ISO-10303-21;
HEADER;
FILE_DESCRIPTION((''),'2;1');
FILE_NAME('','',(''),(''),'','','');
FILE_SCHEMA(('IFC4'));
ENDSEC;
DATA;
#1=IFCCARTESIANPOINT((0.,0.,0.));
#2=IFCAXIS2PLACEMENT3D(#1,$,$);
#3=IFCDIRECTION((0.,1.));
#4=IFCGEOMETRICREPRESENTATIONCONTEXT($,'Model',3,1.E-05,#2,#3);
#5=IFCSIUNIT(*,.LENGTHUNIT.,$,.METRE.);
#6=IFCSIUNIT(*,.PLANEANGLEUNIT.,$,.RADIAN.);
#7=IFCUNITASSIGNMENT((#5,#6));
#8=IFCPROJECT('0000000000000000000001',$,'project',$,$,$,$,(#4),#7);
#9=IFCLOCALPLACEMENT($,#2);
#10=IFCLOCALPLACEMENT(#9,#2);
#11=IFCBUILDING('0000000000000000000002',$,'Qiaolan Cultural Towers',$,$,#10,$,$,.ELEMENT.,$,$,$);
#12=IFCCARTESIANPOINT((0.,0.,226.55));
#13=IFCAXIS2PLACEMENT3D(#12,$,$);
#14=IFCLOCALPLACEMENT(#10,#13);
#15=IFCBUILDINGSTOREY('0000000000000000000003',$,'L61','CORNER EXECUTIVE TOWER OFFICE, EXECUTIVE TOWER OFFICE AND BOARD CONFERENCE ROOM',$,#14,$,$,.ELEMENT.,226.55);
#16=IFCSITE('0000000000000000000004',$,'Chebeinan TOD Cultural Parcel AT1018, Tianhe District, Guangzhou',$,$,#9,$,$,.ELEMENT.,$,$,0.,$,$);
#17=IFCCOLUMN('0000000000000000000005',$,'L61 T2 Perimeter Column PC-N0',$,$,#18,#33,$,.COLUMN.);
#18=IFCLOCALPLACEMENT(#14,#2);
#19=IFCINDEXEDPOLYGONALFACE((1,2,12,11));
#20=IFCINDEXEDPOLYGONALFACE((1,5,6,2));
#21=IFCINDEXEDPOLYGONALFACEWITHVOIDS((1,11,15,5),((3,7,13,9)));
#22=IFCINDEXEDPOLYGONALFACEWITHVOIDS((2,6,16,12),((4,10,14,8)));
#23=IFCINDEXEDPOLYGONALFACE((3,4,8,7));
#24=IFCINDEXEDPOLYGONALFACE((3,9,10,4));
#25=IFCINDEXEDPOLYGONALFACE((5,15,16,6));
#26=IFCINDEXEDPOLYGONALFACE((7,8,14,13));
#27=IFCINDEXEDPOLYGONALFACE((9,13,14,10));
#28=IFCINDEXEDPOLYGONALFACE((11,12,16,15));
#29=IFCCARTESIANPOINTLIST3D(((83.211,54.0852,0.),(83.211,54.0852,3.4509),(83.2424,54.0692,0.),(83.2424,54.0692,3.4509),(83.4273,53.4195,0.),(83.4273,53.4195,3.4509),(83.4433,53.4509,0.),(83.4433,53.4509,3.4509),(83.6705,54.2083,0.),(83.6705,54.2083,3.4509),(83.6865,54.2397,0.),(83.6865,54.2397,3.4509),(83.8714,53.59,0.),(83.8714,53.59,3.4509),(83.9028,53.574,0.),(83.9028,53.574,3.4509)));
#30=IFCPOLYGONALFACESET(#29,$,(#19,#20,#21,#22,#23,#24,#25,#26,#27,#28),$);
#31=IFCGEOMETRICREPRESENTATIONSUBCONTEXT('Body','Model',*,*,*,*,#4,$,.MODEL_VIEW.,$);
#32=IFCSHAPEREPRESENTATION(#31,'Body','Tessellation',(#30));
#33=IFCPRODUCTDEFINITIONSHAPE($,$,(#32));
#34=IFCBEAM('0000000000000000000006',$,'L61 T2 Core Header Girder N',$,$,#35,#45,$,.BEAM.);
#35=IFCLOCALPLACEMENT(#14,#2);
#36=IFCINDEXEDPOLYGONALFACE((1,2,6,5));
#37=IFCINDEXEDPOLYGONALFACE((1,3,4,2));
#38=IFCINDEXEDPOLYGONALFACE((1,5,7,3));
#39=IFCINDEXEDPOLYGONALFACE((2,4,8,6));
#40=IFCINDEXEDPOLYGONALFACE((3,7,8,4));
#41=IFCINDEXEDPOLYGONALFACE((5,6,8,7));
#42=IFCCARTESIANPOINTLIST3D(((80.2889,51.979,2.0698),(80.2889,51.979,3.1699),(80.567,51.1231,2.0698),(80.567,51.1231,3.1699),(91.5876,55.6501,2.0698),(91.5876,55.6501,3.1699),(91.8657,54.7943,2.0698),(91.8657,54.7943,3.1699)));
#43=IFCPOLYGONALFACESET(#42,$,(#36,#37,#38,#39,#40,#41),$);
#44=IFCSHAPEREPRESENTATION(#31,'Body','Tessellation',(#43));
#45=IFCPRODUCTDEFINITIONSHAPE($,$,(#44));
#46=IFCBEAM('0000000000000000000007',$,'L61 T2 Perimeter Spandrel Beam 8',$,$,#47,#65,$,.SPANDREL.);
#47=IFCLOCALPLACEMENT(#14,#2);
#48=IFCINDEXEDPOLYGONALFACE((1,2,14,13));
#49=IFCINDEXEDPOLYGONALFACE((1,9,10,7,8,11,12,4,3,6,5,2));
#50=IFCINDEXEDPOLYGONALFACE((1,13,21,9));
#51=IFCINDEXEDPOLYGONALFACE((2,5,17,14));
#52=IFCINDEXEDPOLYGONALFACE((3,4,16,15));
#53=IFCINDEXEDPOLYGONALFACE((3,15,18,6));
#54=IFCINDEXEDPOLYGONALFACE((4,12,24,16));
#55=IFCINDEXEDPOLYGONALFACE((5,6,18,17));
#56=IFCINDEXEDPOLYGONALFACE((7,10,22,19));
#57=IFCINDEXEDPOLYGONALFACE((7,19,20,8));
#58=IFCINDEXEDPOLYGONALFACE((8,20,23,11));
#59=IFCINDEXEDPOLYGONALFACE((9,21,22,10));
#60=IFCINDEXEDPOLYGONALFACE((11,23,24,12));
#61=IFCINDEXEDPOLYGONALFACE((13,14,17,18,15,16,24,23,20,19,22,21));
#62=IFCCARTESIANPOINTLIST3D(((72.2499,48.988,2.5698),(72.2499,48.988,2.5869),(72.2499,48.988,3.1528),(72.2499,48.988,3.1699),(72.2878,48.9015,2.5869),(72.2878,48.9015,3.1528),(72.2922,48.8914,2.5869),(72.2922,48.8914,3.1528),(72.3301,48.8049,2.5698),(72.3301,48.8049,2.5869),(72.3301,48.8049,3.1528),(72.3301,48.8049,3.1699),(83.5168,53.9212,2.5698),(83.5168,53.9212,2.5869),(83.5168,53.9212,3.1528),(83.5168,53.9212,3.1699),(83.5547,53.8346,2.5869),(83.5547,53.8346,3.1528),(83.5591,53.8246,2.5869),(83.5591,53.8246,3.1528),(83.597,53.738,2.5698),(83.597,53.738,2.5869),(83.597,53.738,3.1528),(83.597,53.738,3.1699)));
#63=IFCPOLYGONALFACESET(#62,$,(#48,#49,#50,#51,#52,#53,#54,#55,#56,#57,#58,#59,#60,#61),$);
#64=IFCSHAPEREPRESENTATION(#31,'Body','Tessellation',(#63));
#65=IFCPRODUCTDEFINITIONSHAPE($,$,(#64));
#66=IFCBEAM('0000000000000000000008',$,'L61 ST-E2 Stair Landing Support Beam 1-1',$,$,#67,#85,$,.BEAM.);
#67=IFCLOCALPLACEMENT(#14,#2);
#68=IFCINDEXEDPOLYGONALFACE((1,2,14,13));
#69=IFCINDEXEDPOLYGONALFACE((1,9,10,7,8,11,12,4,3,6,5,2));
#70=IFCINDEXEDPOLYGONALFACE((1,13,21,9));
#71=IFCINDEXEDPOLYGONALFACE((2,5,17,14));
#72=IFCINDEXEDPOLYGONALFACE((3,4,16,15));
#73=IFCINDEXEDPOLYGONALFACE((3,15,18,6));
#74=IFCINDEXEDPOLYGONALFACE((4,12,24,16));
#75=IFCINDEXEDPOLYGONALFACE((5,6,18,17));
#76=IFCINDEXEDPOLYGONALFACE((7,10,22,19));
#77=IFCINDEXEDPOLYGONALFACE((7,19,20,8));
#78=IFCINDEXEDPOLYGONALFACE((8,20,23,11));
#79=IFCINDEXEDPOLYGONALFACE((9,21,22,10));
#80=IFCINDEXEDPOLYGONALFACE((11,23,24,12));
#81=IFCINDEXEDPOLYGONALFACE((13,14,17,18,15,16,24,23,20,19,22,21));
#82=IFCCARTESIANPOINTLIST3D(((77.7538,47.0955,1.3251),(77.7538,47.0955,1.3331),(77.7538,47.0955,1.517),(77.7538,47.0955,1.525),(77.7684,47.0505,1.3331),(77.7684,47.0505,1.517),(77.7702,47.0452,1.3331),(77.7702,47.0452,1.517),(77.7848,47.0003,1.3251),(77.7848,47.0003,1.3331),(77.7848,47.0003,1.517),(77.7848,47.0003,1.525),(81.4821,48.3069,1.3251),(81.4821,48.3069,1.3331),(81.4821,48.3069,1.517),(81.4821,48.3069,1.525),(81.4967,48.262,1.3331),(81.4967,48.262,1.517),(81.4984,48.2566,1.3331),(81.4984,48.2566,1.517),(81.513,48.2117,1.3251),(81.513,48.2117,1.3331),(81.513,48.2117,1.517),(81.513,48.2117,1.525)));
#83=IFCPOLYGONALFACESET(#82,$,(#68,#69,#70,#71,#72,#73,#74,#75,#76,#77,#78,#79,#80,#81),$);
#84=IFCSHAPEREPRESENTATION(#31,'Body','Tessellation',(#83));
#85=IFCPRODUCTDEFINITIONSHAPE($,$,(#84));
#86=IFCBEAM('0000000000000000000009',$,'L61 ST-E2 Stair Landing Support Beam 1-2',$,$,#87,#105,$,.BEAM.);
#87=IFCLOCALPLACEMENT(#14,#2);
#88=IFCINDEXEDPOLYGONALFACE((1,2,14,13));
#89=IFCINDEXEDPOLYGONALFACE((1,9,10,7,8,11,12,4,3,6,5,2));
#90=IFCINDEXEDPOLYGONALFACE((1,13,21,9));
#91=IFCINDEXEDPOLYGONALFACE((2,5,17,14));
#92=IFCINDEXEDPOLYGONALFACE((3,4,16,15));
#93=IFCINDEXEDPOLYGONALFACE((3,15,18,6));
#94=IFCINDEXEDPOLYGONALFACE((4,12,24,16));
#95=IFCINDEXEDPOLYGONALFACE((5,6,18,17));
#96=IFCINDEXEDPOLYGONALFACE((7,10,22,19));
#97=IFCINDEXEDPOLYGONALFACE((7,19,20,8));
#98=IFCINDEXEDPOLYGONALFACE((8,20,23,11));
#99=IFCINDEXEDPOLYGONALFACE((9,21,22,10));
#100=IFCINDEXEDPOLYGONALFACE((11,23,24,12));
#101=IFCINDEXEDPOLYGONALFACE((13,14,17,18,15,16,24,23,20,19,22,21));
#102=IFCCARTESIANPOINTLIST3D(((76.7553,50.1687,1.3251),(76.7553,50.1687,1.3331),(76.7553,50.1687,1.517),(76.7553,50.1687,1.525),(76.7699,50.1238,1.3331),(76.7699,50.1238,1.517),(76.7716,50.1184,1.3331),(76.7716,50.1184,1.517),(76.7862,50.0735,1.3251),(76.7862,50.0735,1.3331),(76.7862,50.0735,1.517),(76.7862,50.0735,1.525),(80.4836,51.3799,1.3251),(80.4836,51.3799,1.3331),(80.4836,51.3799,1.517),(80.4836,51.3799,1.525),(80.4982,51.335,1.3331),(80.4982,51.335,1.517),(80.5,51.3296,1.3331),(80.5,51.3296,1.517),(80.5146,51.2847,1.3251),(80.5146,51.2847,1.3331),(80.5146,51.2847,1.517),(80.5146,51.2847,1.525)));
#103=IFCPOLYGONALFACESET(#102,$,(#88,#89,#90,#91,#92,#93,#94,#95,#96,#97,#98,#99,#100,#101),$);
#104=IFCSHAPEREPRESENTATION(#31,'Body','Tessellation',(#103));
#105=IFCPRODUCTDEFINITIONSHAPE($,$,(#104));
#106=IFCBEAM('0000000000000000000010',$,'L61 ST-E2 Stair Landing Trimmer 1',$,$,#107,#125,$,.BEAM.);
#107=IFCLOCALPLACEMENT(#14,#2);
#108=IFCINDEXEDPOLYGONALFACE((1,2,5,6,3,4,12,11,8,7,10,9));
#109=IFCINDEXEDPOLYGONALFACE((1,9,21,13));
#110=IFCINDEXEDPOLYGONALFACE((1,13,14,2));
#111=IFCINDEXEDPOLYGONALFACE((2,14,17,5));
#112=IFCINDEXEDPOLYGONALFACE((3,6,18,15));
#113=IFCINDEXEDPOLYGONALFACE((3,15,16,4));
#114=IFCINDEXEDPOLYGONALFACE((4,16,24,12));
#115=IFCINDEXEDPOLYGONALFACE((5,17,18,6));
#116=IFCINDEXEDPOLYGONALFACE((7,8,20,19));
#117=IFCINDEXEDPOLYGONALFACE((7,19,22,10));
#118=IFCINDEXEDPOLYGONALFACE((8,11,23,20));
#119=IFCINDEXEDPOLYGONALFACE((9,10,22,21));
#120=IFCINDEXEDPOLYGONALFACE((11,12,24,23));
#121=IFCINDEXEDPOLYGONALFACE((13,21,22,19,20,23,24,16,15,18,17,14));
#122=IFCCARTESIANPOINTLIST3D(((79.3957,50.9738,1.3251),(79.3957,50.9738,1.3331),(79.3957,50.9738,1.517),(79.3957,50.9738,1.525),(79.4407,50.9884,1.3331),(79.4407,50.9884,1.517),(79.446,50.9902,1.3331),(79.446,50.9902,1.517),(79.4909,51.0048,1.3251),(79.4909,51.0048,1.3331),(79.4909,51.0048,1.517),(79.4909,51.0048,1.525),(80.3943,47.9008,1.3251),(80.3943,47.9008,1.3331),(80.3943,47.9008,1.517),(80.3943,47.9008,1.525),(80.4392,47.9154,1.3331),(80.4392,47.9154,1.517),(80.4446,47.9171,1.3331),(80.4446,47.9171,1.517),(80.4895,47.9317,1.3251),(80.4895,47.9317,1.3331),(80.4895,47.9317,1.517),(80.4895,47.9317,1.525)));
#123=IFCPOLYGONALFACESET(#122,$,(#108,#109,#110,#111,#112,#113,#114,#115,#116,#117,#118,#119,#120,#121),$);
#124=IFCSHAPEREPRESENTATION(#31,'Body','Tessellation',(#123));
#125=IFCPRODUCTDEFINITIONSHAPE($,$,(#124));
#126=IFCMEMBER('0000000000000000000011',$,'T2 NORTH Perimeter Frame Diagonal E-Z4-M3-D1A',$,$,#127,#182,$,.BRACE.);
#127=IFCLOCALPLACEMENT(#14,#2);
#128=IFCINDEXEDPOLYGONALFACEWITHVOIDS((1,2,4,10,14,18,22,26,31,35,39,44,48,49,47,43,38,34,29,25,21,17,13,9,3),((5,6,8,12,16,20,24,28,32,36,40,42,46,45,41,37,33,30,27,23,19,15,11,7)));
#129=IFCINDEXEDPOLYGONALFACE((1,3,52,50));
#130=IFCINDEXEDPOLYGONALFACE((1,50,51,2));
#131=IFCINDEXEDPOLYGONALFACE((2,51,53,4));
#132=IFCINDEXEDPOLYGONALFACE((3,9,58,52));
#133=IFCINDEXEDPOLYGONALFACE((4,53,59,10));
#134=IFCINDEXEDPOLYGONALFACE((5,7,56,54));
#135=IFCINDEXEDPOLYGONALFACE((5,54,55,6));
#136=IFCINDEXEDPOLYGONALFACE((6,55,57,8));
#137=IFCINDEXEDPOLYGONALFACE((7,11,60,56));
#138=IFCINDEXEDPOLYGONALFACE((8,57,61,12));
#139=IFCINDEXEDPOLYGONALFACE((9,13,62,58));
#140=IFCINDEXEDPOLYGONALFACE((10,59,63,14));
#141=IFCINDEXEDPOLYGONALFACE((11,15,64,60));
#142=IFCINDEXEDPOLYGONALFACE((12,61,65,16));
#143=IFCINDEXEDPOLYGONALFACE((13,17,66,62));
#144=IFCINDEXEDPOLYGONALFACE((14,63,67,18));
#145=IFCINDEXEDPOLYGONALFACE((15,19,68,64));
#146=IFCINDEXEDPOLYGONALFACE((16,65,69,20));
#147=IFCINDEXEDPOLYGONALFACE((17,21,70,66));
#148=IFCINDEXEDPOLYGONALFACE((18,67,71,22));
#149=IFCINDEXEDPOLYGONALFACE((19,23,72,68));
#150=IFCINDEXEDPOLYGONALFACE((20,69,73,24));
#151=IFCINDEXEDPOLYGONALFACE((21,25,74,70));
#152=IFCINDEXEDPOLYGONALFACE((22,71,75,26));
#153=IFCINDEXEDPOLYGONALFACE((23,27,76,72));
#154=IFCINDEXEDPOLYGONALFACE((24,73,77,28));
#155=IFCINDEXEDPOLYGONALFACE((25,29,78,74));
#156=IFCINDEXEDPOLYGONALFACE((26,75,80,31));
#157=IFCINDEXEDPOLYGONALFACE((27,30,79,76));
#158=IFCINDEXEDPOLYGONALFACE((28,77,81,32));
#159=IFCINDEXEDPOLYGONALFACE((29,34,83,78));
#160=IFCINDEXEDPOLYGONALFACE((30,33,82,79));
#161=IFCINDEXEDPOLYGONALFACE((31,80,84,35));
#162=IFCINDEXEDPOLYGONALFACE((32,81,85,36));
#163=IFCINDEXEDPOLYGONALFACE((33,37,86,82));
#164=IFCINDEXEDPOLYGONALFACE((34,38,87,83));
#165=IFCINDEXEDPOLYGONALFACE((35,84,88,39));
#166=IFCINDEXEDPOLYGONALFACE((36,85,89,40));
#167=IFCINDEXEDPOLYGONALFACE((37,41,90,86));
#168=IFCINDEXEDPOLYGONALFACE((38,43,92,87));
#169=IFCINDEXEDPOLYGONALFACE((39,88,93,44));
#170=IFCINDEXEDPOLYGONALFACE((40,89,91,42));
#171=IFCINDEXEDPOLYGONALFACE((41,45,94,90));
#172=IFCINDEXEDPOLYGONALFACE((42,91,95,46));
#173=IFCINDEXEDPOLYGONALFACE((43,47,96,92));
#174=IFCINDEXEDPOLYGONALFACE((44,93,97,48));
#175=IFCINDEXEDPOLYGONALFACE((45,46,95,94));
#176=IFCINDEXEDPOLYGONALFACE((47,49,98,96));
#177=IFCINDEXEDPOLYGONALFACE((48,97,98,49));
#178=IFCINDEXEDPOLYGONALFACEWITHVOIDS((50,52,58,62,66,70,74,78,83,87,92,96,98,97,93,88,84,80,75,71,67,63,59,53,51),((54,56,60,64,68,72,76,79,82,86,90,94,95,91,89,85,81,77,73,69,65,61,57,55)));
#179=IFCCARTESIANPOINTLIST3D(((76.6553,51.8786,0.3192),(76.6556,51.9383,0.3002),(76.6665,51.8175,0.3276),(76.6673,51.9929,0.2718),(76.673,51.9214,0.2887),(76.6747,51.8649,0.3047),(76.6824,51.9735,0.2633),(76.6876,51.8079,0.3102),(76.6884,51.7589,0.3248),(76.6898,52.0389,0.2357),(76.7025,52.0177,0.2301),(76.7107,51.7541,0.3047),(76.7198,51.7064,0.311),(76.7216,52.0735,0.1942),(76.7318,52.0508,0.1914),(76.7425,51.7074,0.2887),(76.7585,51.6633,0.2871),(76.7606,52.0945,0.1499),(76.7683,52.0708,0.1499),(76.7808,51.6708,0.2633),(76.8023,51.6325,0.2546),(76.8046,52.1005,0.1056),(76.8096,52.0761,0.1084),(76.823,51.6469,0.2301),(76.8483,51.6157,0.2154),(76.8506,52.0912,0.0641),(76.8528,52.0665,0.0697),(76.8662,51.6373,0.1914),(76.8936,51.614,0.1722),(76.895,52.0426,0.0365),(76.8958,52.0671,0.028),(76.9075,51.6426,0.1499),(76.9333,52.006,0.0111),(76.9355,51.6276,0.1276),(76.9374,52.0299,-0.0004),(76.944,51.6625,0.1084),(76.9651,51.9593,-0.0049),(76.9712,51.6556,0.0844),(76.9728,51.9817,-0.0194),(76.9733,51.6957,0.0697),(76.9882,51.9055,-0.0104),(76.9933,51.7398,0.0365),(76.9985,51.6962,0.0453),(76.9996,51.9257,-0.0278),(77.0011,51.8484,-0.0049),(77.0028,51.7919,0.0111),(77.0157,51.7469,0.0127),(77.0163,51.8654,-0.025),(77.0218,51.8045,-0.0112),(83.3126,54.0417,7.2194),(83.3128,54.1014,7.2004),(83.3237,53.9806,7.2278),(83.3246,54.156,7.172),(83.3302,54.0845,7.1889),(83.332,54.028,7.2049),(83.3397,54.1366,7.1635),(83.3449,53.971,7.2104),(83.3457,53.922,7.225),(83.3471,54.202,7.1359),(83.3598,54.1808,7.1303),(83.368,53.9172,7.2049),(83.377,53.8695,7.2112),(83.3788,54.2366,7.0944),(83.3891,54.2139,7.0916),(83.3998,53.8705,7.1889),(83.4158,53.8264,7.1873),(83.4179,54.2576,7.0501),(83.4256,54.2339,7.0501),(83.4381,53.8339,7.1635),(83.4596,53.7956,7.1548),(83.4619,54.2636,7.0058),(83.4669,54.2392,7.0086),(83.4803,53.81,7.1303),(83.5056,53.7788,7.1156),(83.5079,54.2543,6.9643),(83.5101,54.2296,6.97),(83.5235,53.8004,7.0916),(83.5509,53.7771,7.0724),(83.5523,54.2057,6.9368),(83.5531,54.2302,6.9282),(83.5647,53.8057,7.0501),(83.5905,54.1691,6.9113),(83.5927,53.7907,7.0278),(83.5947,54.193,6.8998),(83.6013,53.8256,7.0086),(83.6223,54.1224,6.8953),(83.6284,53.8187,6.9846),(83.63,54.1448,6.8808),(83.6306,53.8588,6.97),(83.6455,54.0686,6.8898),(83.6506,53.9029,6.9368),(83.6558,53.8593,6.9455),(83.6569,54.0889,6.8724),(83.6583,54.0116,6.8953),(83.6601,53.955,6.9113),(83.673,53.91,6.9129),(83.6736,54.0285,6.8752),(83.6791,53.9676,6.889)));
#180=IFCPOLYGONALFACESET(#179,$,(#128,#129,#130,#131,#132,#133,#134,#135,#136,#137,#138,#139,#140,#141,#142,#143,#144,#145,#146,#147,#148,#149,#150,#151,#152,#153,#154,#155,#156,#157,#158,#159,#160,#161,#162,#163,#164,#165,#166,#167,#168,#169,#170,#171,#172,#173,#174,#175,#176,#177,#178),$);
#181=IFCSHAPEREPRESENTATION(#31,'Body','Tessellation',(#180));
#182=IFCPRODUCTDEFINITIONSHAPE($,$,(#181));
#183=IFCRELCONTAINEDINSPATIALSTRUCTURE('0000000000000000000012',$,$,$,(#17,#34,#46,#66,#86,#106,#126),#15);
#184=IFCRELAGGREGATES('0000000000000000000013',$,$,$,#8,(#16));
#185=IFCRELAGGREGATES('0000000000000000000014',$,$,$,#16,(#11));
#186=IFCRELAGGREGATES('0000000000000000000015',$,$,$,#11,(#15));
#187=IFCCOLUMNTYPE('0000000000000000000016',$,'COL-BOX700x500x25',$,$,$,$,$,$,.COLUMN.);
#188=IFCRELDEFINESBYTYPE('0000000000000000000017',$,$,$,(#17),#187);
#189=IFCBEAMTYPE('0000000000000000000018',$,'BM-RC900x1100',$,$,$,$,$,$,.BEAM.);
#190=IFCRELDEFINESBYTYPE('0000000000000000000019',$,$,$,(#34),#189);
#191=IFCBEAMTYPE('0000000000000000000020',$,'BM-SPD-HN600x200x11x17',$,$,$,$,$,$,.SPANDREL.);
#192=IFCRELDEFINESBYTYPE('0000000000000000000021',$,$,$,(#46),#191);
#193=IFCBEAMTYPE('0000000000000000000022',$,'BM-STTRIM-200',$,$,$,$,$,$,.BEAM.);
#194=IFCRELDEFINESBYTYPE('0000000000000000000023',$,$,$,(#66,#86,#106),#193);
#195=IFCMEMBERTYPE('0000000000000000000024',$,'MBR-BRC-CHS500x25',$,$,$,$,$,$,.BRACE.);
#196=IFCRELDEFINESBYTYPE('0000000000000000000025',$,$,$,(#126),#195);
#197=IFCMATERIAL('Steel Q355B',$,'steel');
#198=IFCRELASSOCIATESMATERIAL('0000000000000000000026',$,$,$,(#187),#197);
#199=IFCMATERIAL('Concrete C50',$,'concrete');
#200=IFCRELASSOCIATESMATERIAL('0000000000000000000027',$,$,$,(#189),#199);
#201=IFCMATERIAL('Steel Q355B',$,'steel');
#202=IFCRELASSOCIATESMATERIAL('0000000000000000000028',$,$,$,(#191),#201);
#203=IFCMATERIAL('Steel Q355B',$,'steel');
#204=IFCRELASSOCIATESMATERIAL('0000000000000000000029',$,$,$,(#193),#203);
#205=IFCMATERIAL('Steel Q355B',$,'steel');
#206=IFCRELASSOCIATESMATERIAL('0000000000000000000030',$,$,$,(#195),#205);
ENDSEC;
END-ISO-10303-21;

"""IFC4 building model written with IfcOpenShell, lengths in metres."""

from ifc_helpers import new_model, si_unit, direction, frame, origin, origin_2d, place, context, subcontext, project, spatial, rectangle, hollow_rectangle, hollow_circle, i_section, extrude, material, material_profile, profile_set, type_object, element, save


model = new_model("IFC4")

# Units and contexts
model_context = context("Model", 3, precision=1e-05, world=origin(), true_north=direction((0.0, 1.0)))
body_context = subcontext(model_context, "Body", "Model", "MODEL_VIEW")
ifc_project = project(units=[si_unit("LENGTHUNIT", "METRE"), si_unit("PLANEANGLEUNIT", "RADIAN")], contexts=[model_context])

# Site, building, storey
site_placement = place(None, origin())
site = spatial("IfcSite", under=ifc_project, at=site_placement, Name="Chebeinan TOD Cultural Parcel AT1018, Tianhe District, Guangzhou", CompositionType="ELEMENT", RefElevation=0.0)
building_placement = place(site_placement, origin())
building = spatial("IfcBuilding", under=site, at=building_placement, Name="Qiaolan Cultural Towers", CompositionType="ELEMENT")
storey_placement = place(building_placement, frame((0.0, 0.0, 226.55)))
storey = spatial("IfcBuildingStorey", under=building, at=storey_placement, Name="L61", Description="CORNER EXECUTIVE TOWER OFFICE, EXECUTIVE TOWER OFFICE AND BOARD CONFERENCE ROOM", CompositionType="ELEMENT", Elevation=226.55)

# Column
ifc_material_1 = material(Name="Steel Q355B", Category="steel")
ifc_material_profile_1 = material_profile(ifc_material_1, hollow_rectangle(XDim=0.5, YDim=0.7, WallThickness=0.0249, at=origin_2d()), Name="BOX700x500x25")
ifc_profile_set_1 = profile_set([ifc_material_profile_1], Name="Steel Q355B")
column_type = type_object("IfcColumnType", Name="COL-BOX700x500x25", PredefinedType="COLUMN", material=ifc_profile_set_1)
column_placement = place(storey_placement, frame((83.5569, 53.8296, 0.0), z_axis=(0.0, 0.0, 1.0), x_axis=(0.951057, 0.309017, 0.0)))
element("IfcColumn", 1, at=column_placement, inside=storey, type_object=column_type, Name="L61 T2 Perimeter Column PC-N0", PredefinedType="COLUMN", context=body_context, shape_type="SweptSolid", body=[
    extrude(hollow_rectangle(XDim=0.5, YDim=0.7, WallThickness=0.0249, at=origin_2d()), origin(), (0.0, 0.0, 1.0), 3.4509),
])

# Beams
ifc_material_2 = material(Name="Concrete C50", Category="concrete")
ifc_material_profile_2 = material_profile(ifc_material_2, rectangle(XDim=0.8999, YDim=1.1001, at=origin_2d()), Name="RC900x1100")
ifc_profile_set_2 = profile_set([ifc_material_profile_2], Name="Concrete C50")
beam_type_1 = type_object("IfcBeamType", Name="BM-RC900x1100", PredefinedType="BEAM", material=ifc_profile_set_2)
beam_1_placement = place(storey_placement, frame((80.428, 51.551, 2.6199), z_axis=(0.951056, 0.309018, 0.0), x_axis=(-0.309018, 0.951056, 0.0)))
element("IfcBeam", 2, at=beam_1_placement, inside=storey, type_object=beam_type_1, Name="L61 T2 Core Header Girder N", PredefinedType="BEAM", context=body_context, shape_type="SweptSolid", body=[
    extrude(rectangle(XDim=0.8999, YDim=1.1001, at=origin_2d()), origin(), (0.0, 0.0, 1.0), 11.8801),
])
ifc_material_3 = material(Name="Steel Q355B", Category="steel")
ifc_material_profile_3 = material_profile(ifc_material_3, i_section(OverallWidth=0.2, OverallDepth=0.6001, WebThickness=0.011, FlangeThickness=0.0171, at=origin_2d()), Name="HN600x200x11x17")
ifc_profile_set_3 = profile_set([ifc_material_profile_3], Name="Steel Q355B")
beam_type_2 = type_object("IfcBeamType", Name="BM-SPD-HN600x200x11x17", PredefinedType="SPANDREL", material=ifc_profile_set_3)
beam_2_placement = place(storey_placement, frame((83.5569, 53.8296, 2.8699), z_axis=(-0.916042, -0.401082, 0.0), x_axis=(0.401082, -0.916042, 0.0)))
element("IfcBeam", 3, at=beam_2_placement, inside=storey, type_object=beam_type_2, Name="L61 T2 Perimeter Spandrel Beam 8", PredefinedType="SPANDREL", context=body_context, shape_type="SweptSolid", body=[
    extrude(i_section(OverallWidth=0.2, OverallDepth=0.6001, WebThickness=0.011, FlangeThickness=0.0171, at=origin_2d()), origin(), (0.0, 0.0, 1.0), 12.2996),
])
ifc_material_4 = material(Name="Steel Q355B", Category="steel")
ifc_material_profile_4 = material_profile(ifc_material_4, i_section(OverallWidth=0.1001, OverallDepth=0.2, WebThickness=0.0056, FlangeThickness=0.0081, at=origin_2d()), Name="HN200x100x5.5x8")
ifc_profile_set_4 = profile_set([ifc_material_profile_4], Name="Steel Q355B")
beam_type_3 = type_object("IfcBeamType", Name="BM-STTRIM-200", PredefinedType="BEAM", material=ifc_profile_set_4)
for number, where, z_axis, x_axis, name in (
    (4, (77.7693, 47.0479, 1.425), (0.951054, 0.309026, 0.0), (-0.309026, 0.951054, 0.0), "L61 ST-E2 Stair Landing Support Beam 1-1"),
    (5, (76.7708, 50.1211, 1.425), (0.951072, 0.308969, 0.0), (-0.308969, 0.951072, 0.0), "L61 ST-E2 Stair Landing Support Beam 1-2"),
):
    element("IfcBeam", number, at=place(storey_placement, frame(where, z_axis=z_axis, x_axis=x_axis)), inside=storey, type_object=beam_type_3, Name=name, PredefinedType="BEAM", context=body_context, shape_type="SweptSolid", body=[
        extrude(i_section(OverallWidth=0.1001, OverallDepth=0.2, WebThickness=0.0056, FlangeThickness=0.0081, at=origin_2d()), origin(), (0.0, 0.0, 1.0), 3.9202),
    ])
beam_3_placement = place(storey_placement, frame((80.4419, 47.9163, 1.425), z_axis=(-0.309033, 0.951051, 0.0), x_axis=(-0.951051, -0.309033, 0.0)))
element("IfcBeam", 6, at=beam_3_placement, inside=storey, type_object=beam_type_3, Name="L61 ST-E2 Stair Landing Trimmer 1", PredefinedType="BEAM", context=body_context, shape_type="SweptSolid", body=[
    extrude(i_section(OverallWidth=0.1001, OverallDepth=0.2, WebThickness=0.0056, FlangeThickness=0.0081, at=origin_2d()), origin(), (0.0, 0.0, 1.0), 3.2312),
])

# Member
ifc_material_5 = material(Name="Steel Q355B", Category="steel")
ifc_material_profile_5 = material_profile(ifc_material_5, hollow_circle(Radius=0.25, WallThickness=0.0249, at=origin_2d()), Name="CHS500x25")
ifc_profile_set_5 = profile_set([ifc_material_profile_5], Name="Steel Q355B")
member_type = type_object("IfcMemberType", Name="MBR-BRC-CHS500x25", PredefinedType="BRACE", material=ifc_profile_set_5)
for number, where, z_axis, x_axis, name in (
    (7, (76.8379, 51.8567, 0.1499), (0.677303, 0.220071, 0.702018), (-0.30902, 0.951056, 0.0), "T2 NORTH Perimeter Frame Diagonal E-Z4-M3-D1A"),
):
    element("IfcMember", number, at=place(storey_placement, frame(where, z_axis=z_axis, x_axis=x_axis)), inside=storey, type_object=member_type, Name=name, PredefinedType="BRACE", context=body_context, shape_type="SweptSolid", body=[
        extrude(hollow_circle(Radius=0.25, WallThickness=0.0249, at=origin_2d()), origin(), (0.0, 0.0, 1.0), 9.8291),
    ])

save(model, "model.ifc")
